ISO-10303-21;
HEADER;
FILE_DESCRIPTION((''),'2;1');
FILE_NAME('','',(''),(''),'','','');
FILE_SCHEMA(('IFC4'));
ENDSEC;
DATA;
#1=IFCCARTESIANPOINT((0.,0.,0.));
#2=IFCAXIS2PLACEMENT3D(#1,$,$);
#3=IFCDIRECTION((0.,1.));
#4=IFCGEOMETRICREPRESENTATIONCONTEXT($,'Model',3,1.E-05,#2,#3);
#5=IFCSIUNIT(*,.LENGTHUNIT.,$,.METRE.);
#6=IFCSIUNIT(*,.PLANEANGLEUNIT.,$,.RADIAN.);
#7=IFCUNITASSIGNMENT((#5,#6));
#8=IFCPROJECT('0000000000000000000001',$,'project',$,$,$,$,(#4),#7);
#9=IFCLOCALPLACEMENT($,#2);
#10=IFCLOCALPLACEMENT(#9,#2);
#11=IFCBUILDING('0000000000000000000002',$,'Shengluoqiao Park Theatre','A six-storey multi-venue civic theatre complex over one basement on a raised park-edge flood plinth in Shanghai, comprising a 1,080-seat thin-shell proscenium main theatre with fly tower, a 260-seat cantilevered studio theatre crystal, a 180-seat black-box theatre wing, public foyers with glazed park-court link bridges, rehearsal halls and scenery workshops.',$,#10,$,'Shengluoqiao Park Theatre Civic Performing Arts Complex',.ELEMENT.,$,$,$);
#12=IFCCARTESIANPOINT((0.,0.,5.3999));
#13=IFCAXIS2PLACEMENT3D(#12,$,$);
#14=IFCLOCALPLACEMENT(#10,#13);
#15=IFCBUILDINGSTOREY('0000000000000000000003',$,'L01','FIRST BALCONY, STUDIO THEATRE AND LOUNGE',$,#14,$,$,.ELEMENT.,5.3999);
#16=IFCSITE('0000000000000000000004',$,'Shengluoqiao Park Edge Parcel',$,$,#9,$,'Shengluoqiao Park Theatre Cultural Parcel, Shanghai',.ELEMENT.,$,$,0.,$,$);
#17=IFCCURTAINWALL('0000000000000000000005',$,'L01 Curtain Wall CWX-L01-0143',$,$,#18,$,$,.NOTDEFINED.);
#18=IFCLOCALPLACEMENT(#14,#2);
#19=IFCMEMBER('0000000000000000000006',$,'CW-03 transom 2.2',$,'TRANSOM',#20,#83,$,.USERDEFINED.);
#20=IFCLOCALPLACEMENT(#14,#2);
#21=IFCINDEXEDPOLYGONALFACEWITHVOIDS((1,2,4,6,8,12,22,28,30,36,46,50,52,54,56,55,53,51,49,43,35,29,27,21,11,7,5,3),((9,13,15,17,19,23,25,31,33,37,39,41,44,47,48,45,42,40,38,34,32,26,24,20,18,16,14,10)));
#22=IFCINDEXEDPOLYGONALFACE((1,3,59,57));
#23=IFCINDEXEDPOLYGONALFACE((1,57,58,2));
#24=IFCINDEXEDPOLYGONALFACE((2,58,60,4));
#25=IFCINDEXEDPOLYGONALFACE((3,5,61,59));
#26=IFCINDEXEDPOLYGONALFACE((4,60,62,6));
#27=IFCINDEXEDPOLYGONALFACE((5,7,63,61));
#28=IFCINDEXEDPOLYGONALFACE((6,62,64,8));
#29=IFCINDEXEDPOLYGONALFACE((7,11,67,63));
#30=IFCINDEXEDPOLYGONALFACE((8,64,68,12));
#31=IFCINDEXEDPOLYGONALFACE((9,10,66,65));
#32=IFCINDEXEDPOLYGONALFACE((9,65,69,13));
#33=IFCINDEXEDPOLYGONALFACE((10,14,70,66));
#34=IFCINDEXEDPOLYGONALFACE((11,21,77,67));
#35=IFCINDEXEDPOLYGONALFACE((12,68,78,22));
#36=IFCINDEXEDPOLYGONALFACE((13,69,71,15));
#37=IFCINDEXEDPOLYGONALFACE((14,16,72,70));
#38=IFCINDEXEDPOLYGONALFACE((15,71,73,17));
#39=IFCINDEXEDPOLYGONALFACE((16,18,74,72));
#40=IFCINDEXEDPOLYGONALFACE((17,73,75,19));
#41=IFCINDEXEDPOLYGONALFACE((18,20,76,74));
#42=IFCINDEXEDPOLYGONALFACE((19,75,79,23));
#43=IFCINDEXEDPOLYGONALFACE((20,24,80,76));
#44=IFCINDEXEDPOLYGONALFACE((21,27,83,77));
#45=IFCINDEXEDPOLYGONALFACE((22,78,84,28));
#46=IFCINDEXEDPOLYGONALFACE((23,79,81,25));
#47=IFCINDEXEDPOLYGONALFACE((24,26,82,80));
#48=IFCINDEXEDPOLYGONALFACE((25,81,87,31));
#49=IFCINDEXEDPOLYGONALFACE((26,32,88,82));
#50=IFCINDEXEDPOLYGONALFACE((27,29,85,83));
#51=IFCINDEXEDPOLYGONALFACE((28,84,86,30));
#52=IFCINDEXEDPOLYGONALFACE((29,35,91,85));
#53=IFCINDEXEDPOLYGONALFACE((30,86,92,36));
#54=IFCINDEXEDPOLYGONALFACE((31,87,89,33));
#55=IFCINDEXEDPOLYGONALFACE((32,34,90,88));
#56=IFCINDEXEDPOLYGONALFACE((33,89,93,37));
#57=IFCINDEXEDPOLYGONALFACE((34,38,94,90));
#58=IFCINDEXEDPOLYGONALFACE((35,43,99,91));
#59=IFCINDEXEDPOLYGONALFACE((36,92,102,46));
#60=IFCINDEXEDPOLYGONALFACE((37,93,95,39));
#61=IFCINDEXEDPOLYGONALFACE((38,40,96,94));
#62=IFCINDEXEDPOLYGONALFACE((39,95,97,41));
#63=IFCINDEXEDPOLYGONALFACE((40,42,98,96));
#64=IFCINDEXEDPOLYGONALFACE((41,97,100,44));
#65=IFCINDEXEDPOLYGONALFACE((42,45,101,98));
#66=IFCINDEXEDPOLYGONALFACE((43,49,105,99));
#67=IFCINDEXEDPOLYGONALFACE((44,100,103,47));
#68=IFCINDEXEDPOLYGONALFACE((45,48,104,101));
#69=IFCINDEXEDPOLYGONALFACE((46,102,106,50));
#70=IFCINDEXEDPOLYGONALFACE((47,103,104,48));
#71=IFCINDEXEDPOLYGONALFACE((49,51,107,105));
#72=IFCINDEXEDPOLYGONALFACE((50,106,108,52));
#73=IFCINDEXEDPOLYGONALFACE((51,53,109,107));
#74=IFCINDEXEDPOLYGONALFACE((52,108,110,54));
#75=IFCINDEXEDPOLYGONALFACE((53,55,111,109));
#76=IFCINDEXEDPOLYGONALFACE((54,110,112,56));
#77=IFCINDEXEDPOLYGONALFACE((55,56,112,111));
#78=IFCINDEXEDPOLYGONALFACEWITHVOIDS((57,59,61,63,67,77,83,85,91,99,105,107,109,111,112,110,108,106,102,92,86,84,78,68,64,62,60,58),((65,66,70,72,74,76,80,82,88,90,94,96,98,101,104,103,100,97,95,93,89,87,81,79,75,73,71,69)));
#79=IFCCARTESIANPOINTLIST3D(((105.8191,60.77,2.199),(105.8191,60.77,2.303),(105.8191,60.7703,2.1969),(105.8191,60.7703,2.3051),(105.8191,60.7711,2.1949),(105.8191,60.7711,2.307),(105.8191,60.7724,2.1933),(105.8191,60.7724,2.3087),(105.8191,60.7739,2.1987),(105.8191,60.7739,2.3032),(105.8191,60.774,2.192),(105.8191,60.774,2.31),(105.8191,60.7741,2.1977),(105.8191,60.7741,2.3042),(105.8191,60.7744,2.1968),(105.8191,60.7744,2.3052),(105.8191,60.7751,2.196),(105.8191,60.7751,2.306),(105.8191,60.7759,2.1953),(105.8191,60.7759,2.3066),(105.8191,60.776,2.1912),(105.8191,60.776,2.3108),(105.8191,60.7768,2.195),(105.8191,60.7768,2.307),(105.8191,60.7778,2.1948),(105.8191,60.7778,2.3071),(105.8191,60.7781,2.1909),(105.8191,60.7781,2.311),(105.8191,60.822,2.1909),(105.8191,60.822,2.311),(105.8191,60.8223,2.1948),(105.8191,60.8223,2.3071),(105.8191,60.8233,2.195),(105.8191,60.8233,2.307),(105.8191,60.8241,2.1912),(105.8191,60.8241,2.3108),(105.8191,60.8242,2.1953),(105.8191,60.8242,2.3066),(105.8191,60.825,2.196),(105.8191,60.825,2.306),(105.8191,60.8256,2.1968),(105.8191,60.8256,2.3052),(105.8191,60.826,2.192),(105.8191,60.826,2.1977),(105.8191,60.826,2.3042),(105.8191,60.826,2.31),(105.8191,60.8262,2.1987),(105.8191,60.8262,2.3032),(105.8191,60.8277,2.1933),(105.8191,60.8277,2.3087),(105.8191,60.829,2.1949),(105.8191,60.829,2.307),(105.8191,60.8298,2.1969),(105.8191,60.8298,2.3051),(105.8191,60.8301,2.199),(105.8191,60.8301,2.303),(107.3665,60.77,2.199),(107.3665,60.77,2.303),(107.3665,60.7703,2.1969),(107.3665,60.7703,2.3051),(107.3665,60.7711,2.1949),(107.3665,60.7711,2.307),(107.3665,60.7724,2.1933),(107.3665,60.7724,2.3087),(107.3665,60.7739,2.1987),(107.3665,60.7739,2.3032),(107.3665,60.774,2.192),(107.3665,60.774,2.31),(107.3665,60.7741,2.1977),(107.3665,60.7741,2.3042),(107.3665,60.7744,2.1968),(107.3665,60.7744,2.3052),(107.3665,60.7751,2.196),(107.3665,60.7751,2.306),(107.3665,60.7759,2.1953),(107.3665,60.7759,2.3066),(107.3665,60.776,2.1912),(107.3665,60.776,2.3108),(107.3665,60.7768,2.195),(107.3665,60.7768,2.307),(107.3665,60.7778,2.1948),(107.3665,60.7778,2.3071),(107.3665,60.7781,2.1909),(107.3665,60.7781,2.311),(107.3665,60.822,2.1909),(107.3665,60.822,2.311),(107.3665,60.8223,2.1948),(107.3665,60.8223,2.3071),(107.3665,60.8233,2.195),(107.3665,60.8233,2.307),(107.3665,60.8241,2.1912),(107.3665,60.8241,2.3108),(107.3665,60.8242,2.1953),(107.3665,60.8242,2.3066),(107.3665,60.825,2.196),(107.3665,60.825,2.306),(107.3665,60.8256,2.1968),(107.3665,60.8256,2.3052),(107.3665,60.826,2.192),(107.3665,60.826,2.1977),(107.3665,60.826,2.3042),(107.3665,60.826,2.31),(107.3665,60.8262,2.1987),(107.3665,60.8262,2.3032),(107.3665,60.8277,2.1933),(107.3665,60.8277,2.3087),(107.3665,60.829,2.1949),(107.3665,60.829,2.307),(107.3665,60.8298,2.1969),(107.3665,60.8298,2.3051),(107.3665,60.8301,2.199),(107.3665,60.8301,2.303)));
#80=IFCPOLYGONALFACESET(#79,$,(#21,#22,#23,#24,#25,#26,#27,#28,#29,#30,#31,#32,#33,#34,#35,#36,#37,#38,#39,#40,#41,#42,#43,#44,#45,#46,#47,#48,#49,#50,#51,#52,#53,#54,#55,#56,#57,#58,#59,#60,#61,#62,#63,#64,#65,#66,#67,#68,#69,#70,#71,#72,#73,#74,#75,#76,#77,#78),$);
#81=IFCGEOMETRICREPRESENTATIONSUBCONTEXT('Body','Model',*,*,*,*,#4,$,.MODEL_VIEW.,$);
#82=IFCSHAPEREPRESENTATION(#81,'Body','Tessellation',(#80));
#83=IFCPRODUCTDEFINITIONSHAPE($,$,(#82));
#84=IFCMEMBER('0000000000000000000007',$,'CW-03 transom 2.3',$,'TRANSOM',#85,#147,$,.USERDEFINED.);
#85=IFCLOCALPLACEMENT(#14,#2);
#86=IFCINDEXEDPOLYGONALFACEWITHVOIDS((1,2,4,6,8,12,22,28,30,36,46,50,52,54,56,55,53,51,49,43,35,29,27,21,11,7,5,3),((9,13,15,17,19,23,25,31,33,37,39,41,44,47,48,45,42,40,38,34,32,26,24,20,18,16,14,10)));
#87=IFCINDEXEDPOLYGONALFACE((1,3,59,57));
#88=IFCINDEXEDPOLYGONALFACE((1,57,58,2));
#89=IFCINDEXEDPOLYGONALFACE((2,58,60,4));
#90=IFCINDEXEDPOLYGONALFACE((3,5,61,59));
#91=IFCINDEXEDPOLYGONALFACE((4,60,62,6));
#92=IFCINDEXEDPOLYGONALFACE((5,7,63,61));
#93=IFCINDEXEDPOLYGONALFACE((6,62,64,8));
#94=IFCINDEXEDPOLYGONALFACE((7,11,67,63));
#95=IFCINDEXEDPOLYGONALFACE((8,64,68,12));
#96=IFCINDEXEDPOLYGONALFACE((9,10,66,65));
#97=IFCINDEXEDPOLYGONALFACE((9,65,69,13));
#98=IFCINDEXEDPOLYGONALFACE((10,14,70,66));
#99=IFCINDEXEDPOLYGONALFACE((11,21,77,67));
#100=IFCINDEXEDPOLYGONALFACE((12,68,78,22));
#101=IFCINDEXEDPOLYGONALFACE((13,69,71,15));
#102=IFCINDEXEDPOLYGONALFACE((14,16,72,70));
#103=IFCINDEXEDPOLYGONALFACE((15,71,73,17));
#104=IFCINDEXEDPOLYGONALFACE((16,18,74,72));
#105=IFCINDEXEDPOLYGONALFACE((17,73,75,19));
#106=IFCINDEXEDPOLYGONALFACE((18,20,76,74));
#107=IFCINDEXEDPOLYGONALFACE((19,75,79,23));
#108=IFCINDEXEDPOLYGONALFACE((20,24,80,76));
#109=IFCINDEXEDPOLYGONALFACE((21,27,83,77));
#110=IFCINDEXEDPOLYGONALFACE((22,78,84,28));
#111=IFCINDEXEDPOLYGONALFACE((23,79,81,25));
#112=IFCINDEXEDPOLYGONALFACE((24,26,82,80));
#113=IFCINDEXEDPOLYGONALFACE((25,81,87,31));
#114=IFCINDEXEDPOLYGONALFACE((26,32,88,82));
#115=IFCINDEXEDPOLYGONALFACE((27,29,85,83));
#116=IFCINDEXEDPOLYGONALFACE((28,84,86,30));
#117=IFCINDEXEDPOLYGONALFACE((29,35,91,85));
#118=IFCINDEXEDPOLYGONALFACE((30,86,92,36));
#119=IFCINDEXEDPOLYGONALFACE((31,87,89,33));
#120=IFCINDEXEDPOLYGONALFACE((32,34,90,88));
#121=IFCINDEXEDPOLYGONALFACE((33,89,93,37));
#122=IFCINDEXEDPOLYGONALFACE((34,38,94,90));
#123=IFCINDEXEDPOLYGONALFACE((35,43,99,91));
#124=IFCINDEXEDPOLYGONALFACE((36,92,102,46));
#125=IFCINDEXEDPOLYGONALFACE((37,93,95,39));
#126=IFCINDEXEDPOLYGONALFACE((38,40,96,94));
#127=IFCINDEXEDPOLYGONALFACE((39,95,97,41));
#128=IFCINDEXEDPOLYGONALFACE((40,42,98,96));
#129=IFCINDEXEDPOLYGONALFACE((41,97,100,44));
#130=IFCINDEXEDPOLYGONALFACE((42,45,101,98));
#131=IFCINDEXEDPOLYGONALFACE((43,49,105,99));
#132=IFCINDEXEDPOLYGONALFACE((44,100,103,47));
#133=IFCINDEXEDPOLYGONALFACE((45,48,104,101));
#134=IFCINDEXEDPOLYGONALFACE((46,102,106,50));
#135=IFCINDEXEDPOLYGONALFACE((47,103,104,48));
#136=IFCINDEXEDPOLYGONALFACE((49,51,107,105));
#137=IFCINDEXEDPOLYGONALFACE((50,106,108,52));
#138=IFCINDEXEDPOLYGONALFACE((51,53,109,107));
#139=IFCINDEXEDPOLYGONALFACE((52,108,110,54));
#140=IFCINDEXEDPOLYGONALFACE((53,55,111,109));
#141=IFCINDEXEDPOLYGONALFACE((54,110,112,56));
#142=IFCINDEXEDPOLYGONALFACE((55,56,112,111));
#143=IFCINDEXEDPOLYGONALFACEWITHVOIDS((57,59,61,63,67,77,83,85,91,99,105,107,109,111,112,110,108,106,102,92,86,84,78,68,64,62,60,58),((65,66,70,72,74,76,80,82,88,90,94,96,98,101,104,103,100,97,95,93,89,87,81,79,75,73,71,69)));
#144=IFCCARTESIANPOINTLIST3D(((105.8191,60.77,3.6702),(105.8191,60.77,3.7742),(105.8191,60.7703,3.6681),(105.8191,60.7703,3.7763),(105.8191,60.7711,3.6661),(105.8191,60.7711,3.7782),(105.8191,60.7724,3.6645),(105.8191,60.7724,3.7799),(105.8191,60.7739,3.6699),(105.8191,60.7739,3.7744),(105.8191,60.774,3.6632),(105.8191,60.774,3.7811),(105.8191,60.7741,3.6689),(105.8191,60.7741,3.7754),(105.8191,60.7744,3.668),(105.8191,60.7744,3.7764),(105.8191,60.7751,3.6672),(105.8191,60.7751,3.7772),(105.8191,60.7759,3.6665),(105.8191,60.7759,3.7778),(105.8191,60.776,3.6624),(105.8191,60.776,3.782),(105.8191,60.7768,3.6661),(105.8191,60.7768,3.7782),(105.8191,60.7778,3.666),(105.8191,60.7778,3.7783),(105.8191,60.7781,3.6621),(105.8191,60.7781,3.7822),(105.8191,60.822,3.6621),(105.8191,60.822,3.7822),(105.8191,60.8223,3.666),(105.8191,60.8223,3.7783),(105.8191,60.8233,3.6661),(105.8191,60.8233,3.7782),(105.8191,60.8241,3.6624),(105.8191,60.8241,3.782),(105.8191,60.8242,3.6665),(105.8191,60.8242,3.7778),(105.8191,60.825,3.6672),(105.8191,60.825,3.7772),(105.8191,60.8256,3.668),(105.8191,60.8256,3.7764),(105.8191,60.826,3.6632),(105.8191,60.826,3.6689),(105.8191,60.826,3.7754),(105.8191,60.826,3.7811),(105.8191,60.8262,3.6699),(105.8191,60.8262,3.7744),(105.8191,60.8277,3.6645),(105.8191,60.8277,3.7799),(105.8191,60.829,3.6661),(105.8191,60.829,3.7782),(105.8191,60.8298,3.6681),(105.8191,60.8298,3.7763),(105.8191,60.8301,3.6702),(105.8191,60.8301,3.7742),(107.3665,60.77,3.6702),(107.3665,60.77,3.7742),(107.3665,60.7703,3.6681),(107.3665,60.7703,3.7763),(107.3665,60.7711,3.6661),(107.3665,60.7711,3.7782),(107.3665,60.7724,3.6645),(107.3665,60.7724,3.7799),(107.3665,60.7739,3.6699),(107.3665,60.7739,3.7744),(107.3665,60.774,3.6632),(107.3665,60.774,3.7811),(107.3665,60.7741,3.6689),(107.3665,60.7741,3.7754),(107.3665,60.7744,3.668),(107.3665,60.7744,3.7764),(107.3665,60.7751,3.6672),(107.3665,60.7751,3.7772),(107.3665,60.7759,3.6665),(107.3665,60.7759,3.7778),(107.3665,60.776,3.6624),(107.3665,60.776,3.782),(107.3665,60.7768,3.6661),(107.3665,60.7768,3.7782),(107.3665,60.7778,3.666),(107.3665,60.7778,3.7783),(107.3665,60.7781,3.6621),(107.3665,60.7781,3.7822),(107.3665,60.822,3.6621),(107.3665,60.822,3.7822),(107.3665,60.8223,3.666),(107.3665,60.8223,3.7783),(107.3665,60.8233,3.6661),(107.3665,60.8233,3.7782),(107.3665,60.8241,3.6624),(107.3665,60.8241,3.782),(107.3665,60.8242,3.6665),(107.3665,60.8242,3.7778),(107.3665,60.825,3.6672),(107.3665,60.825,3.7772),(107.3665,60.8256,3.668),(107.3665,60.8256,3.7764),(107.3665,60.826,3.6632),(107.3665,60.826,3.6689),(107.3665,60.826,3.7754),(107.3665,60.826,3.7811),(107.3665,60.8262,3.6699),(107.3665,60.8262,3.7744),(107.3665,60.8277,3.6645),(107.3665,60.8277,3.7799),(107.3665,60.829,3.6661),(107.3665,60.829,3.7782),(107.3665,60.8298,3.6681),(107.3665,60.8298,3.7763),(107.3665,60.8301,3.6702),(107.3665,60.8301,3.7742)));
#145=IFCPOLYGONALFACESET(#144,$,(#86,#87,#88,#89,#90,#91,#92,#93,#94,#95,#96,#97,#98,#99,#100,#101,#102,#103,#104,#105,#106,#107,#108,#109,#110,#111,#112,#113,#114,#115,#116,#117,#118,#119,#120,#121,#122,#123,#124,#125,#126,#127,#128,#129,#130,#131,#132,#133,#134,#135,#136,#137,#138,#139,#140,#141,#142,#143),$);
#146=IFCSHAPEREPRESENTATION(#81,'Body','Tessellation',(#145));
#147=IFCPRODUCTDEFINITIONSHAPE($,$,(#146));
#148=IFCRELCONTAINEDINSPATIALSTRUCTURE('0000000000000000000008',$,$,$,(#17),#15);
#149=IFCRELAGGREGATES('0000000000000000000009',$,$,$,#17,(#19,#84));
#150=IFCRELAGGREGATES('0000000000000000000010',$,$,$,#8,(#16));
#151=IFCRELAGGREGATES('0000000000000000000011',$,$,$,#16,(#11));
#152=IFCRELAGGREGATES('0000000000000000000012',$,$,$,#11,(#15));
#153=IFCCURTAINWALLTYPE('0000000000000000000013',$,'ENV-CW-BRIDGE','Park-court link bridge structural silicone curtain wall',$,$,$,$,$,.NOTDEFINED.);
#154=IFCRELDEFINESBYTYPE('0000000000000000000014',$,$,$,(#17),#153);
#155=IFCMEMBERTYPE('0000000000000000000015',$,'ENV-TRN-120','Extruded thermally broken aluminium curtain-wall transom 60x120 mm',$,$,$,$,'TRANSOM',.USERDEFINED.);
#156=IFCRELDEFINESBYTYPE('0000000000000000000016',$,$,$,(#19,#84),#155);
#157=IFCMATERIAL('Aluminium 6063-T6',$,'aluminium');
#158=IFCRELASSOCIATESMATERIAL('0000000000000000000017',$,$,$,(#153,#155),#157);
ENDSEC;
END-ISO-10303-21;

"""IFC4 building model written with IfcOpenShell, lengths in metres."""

from ifc_helpers import new_model, si_unit, direction, frame, origin, origin_2d, place, context, subcontext, project, spatial, hollow_rectangle, extrude, material, material_profile, profile_set, type_object, element, aggregate, save


model = new_model("IFC4")

# Units and contexts
model_context = context("Model", 3, precision=1e-05, world=origin(), true_north=direction((0.0, 1.0)))
body_context = subcontext(model_context, "Body", "Model", "MODEL_VIEW")
ifc_project = project(units=[si_unit("LENGTHUNIT", "METRE"), si_unit("PLANEANGLEUNIT", "RADIAN")], contexts=[model_context])

# Site, building, storey
site_placement = place(None, origin())
site = spatial("IfcSite", under=ifc_project, at=site_placement, Name="Shengluoqiao Park Edge Parcel", LongName="Shengluoqiao Park Theatre Cultural Parcel, Shanghai", CompositionType="ELEMENT", RefElevation=0.0)
building_placement = place(site_placement, origin())
building = spatial("IfcBuilding", under=site, at=building_placement, Name="Shengluoqiao Park Theatre", Description="A six-storey multi-venue civic theatre complex over one basement on a raised park-edge flood plinth in Shanghai, comprising a 1,080-seat thin-shell proscenium main theatre with fly tower, a 260-seat cantilevered studio theatre crystal, a 180-seat black-box theatre wing, public foyers with glazed park-court link bridges, rehearsal halls and scenery workshops.", LongName="Shengluoqiao Park Theatre Civic Performing Arts Complex", CompositionType="ELEMENT")
storey_placement = place(building_placement, frame((0.0, 0.0, 5.3999)))
storey = spatial("IfcBuildingStorey", under=building, at=storey_placement, Name="L01", Description="FIRST BALCONY, STUDIO THEATRE AND LOUNGE", CompositionType="ELEMENT", Elevation=5.3999)

# Shared definitions
ifc_material_1 = material(Name="Aluminium 6063-T6", Category="aluminium")
curtain_wall_type = type_object("IfcCurtainWallType", Name="ENV-CW-BRIDGE", Description="Park-court link bridge structural silicone curtain wall", PredefinedType="NOTDEFINED", material=ifc_material_1)

# Curtain wall
curtain_wall_1_placement = place(storey_placement, origin())
curtain_wall_1 = element("IfcCurtainWall", 1, at=curtain_wall_1_placement, inside=storey, type_object=curtain_wall_type, Name="L01 Curtain Wall CWX-L01-0143", PredefinedType="NOTDEFINED")

# Members
ifc_material_profile_1 = material_profile(ifc_material_1, hollow_rectangle(XDim=0.0601, YDim=0.1201, WallThickness=0.0039, InnerFilletRadius=0.0039, OuterFilletRadius=0.0081, at=origin_2d()), Name="ALU TRANSOM 120x60x4")
ifc_profile_set_1 = profile_set([ifc_material_profile_1], Name="Aluminium 6063-T6")
member_type_1 = type_object("IfcMemberType", Name="ENV-TRN-120", Description="Extruded thermally broken aluminium curtain-wall transom 60x120 mm", ElementType="TRANSOM", PredefinedType="USERDEFINED", material=ifc_profile_set_1)
member_1_placement = place(storey_placement, frame((105.8191, 60.8, 2.251), z_axis=(1.0, 0.0, 0.0), x_axis=(0.0, 1.0, 0.0)))
member_1 = element("IfcMember", 2, at=member_1_placement, type_object=member_type_1, Name="CW-03 transom 2.2", ObjectType="TRANSOM", PredefinedType="USERDEFINED", context=body_context, shape_type="SweptSolid", body=[
    extrude(hollow_rectangle(XDim=0.0601, YDim=0.1201, WallThickness=0.0039, InnerFilletRadius=0.0039, OuterFilletRadius=0.0081, at=origin_2d()), origin(), (0.0, 0.0, 1.0), 1.5474),
])
member_2_placement = place(storey_placement, frame((105.8191, 60.8, 3.7222), z_axis=(1.0, 0.0, 0.0), x_axis=(0.0, 1.0, 0.0)))
member_2 = element("IfcMember", 3, at=member_2_placement, type_object=member_type_1, Name="CW-03 transom 2.3", ObjectType="TRANSOM", PredefinedType="USERDEFINED", context=body_context, shape_type="SweptSolid", body=[
    extrude(hollow_rectangle(XDim=0.0601, YDim=0.1201, WallThickness=0.0039, InnerFilletRadius=0.0039, OuterFilletRadius=0.0081, at=origin_2d()), origin(), (0.0, 0.0, 1.0), 1.5474),
])

aggregate(curtain_wall_1, [member_1, member_2])

save(model, "model.ifc")
